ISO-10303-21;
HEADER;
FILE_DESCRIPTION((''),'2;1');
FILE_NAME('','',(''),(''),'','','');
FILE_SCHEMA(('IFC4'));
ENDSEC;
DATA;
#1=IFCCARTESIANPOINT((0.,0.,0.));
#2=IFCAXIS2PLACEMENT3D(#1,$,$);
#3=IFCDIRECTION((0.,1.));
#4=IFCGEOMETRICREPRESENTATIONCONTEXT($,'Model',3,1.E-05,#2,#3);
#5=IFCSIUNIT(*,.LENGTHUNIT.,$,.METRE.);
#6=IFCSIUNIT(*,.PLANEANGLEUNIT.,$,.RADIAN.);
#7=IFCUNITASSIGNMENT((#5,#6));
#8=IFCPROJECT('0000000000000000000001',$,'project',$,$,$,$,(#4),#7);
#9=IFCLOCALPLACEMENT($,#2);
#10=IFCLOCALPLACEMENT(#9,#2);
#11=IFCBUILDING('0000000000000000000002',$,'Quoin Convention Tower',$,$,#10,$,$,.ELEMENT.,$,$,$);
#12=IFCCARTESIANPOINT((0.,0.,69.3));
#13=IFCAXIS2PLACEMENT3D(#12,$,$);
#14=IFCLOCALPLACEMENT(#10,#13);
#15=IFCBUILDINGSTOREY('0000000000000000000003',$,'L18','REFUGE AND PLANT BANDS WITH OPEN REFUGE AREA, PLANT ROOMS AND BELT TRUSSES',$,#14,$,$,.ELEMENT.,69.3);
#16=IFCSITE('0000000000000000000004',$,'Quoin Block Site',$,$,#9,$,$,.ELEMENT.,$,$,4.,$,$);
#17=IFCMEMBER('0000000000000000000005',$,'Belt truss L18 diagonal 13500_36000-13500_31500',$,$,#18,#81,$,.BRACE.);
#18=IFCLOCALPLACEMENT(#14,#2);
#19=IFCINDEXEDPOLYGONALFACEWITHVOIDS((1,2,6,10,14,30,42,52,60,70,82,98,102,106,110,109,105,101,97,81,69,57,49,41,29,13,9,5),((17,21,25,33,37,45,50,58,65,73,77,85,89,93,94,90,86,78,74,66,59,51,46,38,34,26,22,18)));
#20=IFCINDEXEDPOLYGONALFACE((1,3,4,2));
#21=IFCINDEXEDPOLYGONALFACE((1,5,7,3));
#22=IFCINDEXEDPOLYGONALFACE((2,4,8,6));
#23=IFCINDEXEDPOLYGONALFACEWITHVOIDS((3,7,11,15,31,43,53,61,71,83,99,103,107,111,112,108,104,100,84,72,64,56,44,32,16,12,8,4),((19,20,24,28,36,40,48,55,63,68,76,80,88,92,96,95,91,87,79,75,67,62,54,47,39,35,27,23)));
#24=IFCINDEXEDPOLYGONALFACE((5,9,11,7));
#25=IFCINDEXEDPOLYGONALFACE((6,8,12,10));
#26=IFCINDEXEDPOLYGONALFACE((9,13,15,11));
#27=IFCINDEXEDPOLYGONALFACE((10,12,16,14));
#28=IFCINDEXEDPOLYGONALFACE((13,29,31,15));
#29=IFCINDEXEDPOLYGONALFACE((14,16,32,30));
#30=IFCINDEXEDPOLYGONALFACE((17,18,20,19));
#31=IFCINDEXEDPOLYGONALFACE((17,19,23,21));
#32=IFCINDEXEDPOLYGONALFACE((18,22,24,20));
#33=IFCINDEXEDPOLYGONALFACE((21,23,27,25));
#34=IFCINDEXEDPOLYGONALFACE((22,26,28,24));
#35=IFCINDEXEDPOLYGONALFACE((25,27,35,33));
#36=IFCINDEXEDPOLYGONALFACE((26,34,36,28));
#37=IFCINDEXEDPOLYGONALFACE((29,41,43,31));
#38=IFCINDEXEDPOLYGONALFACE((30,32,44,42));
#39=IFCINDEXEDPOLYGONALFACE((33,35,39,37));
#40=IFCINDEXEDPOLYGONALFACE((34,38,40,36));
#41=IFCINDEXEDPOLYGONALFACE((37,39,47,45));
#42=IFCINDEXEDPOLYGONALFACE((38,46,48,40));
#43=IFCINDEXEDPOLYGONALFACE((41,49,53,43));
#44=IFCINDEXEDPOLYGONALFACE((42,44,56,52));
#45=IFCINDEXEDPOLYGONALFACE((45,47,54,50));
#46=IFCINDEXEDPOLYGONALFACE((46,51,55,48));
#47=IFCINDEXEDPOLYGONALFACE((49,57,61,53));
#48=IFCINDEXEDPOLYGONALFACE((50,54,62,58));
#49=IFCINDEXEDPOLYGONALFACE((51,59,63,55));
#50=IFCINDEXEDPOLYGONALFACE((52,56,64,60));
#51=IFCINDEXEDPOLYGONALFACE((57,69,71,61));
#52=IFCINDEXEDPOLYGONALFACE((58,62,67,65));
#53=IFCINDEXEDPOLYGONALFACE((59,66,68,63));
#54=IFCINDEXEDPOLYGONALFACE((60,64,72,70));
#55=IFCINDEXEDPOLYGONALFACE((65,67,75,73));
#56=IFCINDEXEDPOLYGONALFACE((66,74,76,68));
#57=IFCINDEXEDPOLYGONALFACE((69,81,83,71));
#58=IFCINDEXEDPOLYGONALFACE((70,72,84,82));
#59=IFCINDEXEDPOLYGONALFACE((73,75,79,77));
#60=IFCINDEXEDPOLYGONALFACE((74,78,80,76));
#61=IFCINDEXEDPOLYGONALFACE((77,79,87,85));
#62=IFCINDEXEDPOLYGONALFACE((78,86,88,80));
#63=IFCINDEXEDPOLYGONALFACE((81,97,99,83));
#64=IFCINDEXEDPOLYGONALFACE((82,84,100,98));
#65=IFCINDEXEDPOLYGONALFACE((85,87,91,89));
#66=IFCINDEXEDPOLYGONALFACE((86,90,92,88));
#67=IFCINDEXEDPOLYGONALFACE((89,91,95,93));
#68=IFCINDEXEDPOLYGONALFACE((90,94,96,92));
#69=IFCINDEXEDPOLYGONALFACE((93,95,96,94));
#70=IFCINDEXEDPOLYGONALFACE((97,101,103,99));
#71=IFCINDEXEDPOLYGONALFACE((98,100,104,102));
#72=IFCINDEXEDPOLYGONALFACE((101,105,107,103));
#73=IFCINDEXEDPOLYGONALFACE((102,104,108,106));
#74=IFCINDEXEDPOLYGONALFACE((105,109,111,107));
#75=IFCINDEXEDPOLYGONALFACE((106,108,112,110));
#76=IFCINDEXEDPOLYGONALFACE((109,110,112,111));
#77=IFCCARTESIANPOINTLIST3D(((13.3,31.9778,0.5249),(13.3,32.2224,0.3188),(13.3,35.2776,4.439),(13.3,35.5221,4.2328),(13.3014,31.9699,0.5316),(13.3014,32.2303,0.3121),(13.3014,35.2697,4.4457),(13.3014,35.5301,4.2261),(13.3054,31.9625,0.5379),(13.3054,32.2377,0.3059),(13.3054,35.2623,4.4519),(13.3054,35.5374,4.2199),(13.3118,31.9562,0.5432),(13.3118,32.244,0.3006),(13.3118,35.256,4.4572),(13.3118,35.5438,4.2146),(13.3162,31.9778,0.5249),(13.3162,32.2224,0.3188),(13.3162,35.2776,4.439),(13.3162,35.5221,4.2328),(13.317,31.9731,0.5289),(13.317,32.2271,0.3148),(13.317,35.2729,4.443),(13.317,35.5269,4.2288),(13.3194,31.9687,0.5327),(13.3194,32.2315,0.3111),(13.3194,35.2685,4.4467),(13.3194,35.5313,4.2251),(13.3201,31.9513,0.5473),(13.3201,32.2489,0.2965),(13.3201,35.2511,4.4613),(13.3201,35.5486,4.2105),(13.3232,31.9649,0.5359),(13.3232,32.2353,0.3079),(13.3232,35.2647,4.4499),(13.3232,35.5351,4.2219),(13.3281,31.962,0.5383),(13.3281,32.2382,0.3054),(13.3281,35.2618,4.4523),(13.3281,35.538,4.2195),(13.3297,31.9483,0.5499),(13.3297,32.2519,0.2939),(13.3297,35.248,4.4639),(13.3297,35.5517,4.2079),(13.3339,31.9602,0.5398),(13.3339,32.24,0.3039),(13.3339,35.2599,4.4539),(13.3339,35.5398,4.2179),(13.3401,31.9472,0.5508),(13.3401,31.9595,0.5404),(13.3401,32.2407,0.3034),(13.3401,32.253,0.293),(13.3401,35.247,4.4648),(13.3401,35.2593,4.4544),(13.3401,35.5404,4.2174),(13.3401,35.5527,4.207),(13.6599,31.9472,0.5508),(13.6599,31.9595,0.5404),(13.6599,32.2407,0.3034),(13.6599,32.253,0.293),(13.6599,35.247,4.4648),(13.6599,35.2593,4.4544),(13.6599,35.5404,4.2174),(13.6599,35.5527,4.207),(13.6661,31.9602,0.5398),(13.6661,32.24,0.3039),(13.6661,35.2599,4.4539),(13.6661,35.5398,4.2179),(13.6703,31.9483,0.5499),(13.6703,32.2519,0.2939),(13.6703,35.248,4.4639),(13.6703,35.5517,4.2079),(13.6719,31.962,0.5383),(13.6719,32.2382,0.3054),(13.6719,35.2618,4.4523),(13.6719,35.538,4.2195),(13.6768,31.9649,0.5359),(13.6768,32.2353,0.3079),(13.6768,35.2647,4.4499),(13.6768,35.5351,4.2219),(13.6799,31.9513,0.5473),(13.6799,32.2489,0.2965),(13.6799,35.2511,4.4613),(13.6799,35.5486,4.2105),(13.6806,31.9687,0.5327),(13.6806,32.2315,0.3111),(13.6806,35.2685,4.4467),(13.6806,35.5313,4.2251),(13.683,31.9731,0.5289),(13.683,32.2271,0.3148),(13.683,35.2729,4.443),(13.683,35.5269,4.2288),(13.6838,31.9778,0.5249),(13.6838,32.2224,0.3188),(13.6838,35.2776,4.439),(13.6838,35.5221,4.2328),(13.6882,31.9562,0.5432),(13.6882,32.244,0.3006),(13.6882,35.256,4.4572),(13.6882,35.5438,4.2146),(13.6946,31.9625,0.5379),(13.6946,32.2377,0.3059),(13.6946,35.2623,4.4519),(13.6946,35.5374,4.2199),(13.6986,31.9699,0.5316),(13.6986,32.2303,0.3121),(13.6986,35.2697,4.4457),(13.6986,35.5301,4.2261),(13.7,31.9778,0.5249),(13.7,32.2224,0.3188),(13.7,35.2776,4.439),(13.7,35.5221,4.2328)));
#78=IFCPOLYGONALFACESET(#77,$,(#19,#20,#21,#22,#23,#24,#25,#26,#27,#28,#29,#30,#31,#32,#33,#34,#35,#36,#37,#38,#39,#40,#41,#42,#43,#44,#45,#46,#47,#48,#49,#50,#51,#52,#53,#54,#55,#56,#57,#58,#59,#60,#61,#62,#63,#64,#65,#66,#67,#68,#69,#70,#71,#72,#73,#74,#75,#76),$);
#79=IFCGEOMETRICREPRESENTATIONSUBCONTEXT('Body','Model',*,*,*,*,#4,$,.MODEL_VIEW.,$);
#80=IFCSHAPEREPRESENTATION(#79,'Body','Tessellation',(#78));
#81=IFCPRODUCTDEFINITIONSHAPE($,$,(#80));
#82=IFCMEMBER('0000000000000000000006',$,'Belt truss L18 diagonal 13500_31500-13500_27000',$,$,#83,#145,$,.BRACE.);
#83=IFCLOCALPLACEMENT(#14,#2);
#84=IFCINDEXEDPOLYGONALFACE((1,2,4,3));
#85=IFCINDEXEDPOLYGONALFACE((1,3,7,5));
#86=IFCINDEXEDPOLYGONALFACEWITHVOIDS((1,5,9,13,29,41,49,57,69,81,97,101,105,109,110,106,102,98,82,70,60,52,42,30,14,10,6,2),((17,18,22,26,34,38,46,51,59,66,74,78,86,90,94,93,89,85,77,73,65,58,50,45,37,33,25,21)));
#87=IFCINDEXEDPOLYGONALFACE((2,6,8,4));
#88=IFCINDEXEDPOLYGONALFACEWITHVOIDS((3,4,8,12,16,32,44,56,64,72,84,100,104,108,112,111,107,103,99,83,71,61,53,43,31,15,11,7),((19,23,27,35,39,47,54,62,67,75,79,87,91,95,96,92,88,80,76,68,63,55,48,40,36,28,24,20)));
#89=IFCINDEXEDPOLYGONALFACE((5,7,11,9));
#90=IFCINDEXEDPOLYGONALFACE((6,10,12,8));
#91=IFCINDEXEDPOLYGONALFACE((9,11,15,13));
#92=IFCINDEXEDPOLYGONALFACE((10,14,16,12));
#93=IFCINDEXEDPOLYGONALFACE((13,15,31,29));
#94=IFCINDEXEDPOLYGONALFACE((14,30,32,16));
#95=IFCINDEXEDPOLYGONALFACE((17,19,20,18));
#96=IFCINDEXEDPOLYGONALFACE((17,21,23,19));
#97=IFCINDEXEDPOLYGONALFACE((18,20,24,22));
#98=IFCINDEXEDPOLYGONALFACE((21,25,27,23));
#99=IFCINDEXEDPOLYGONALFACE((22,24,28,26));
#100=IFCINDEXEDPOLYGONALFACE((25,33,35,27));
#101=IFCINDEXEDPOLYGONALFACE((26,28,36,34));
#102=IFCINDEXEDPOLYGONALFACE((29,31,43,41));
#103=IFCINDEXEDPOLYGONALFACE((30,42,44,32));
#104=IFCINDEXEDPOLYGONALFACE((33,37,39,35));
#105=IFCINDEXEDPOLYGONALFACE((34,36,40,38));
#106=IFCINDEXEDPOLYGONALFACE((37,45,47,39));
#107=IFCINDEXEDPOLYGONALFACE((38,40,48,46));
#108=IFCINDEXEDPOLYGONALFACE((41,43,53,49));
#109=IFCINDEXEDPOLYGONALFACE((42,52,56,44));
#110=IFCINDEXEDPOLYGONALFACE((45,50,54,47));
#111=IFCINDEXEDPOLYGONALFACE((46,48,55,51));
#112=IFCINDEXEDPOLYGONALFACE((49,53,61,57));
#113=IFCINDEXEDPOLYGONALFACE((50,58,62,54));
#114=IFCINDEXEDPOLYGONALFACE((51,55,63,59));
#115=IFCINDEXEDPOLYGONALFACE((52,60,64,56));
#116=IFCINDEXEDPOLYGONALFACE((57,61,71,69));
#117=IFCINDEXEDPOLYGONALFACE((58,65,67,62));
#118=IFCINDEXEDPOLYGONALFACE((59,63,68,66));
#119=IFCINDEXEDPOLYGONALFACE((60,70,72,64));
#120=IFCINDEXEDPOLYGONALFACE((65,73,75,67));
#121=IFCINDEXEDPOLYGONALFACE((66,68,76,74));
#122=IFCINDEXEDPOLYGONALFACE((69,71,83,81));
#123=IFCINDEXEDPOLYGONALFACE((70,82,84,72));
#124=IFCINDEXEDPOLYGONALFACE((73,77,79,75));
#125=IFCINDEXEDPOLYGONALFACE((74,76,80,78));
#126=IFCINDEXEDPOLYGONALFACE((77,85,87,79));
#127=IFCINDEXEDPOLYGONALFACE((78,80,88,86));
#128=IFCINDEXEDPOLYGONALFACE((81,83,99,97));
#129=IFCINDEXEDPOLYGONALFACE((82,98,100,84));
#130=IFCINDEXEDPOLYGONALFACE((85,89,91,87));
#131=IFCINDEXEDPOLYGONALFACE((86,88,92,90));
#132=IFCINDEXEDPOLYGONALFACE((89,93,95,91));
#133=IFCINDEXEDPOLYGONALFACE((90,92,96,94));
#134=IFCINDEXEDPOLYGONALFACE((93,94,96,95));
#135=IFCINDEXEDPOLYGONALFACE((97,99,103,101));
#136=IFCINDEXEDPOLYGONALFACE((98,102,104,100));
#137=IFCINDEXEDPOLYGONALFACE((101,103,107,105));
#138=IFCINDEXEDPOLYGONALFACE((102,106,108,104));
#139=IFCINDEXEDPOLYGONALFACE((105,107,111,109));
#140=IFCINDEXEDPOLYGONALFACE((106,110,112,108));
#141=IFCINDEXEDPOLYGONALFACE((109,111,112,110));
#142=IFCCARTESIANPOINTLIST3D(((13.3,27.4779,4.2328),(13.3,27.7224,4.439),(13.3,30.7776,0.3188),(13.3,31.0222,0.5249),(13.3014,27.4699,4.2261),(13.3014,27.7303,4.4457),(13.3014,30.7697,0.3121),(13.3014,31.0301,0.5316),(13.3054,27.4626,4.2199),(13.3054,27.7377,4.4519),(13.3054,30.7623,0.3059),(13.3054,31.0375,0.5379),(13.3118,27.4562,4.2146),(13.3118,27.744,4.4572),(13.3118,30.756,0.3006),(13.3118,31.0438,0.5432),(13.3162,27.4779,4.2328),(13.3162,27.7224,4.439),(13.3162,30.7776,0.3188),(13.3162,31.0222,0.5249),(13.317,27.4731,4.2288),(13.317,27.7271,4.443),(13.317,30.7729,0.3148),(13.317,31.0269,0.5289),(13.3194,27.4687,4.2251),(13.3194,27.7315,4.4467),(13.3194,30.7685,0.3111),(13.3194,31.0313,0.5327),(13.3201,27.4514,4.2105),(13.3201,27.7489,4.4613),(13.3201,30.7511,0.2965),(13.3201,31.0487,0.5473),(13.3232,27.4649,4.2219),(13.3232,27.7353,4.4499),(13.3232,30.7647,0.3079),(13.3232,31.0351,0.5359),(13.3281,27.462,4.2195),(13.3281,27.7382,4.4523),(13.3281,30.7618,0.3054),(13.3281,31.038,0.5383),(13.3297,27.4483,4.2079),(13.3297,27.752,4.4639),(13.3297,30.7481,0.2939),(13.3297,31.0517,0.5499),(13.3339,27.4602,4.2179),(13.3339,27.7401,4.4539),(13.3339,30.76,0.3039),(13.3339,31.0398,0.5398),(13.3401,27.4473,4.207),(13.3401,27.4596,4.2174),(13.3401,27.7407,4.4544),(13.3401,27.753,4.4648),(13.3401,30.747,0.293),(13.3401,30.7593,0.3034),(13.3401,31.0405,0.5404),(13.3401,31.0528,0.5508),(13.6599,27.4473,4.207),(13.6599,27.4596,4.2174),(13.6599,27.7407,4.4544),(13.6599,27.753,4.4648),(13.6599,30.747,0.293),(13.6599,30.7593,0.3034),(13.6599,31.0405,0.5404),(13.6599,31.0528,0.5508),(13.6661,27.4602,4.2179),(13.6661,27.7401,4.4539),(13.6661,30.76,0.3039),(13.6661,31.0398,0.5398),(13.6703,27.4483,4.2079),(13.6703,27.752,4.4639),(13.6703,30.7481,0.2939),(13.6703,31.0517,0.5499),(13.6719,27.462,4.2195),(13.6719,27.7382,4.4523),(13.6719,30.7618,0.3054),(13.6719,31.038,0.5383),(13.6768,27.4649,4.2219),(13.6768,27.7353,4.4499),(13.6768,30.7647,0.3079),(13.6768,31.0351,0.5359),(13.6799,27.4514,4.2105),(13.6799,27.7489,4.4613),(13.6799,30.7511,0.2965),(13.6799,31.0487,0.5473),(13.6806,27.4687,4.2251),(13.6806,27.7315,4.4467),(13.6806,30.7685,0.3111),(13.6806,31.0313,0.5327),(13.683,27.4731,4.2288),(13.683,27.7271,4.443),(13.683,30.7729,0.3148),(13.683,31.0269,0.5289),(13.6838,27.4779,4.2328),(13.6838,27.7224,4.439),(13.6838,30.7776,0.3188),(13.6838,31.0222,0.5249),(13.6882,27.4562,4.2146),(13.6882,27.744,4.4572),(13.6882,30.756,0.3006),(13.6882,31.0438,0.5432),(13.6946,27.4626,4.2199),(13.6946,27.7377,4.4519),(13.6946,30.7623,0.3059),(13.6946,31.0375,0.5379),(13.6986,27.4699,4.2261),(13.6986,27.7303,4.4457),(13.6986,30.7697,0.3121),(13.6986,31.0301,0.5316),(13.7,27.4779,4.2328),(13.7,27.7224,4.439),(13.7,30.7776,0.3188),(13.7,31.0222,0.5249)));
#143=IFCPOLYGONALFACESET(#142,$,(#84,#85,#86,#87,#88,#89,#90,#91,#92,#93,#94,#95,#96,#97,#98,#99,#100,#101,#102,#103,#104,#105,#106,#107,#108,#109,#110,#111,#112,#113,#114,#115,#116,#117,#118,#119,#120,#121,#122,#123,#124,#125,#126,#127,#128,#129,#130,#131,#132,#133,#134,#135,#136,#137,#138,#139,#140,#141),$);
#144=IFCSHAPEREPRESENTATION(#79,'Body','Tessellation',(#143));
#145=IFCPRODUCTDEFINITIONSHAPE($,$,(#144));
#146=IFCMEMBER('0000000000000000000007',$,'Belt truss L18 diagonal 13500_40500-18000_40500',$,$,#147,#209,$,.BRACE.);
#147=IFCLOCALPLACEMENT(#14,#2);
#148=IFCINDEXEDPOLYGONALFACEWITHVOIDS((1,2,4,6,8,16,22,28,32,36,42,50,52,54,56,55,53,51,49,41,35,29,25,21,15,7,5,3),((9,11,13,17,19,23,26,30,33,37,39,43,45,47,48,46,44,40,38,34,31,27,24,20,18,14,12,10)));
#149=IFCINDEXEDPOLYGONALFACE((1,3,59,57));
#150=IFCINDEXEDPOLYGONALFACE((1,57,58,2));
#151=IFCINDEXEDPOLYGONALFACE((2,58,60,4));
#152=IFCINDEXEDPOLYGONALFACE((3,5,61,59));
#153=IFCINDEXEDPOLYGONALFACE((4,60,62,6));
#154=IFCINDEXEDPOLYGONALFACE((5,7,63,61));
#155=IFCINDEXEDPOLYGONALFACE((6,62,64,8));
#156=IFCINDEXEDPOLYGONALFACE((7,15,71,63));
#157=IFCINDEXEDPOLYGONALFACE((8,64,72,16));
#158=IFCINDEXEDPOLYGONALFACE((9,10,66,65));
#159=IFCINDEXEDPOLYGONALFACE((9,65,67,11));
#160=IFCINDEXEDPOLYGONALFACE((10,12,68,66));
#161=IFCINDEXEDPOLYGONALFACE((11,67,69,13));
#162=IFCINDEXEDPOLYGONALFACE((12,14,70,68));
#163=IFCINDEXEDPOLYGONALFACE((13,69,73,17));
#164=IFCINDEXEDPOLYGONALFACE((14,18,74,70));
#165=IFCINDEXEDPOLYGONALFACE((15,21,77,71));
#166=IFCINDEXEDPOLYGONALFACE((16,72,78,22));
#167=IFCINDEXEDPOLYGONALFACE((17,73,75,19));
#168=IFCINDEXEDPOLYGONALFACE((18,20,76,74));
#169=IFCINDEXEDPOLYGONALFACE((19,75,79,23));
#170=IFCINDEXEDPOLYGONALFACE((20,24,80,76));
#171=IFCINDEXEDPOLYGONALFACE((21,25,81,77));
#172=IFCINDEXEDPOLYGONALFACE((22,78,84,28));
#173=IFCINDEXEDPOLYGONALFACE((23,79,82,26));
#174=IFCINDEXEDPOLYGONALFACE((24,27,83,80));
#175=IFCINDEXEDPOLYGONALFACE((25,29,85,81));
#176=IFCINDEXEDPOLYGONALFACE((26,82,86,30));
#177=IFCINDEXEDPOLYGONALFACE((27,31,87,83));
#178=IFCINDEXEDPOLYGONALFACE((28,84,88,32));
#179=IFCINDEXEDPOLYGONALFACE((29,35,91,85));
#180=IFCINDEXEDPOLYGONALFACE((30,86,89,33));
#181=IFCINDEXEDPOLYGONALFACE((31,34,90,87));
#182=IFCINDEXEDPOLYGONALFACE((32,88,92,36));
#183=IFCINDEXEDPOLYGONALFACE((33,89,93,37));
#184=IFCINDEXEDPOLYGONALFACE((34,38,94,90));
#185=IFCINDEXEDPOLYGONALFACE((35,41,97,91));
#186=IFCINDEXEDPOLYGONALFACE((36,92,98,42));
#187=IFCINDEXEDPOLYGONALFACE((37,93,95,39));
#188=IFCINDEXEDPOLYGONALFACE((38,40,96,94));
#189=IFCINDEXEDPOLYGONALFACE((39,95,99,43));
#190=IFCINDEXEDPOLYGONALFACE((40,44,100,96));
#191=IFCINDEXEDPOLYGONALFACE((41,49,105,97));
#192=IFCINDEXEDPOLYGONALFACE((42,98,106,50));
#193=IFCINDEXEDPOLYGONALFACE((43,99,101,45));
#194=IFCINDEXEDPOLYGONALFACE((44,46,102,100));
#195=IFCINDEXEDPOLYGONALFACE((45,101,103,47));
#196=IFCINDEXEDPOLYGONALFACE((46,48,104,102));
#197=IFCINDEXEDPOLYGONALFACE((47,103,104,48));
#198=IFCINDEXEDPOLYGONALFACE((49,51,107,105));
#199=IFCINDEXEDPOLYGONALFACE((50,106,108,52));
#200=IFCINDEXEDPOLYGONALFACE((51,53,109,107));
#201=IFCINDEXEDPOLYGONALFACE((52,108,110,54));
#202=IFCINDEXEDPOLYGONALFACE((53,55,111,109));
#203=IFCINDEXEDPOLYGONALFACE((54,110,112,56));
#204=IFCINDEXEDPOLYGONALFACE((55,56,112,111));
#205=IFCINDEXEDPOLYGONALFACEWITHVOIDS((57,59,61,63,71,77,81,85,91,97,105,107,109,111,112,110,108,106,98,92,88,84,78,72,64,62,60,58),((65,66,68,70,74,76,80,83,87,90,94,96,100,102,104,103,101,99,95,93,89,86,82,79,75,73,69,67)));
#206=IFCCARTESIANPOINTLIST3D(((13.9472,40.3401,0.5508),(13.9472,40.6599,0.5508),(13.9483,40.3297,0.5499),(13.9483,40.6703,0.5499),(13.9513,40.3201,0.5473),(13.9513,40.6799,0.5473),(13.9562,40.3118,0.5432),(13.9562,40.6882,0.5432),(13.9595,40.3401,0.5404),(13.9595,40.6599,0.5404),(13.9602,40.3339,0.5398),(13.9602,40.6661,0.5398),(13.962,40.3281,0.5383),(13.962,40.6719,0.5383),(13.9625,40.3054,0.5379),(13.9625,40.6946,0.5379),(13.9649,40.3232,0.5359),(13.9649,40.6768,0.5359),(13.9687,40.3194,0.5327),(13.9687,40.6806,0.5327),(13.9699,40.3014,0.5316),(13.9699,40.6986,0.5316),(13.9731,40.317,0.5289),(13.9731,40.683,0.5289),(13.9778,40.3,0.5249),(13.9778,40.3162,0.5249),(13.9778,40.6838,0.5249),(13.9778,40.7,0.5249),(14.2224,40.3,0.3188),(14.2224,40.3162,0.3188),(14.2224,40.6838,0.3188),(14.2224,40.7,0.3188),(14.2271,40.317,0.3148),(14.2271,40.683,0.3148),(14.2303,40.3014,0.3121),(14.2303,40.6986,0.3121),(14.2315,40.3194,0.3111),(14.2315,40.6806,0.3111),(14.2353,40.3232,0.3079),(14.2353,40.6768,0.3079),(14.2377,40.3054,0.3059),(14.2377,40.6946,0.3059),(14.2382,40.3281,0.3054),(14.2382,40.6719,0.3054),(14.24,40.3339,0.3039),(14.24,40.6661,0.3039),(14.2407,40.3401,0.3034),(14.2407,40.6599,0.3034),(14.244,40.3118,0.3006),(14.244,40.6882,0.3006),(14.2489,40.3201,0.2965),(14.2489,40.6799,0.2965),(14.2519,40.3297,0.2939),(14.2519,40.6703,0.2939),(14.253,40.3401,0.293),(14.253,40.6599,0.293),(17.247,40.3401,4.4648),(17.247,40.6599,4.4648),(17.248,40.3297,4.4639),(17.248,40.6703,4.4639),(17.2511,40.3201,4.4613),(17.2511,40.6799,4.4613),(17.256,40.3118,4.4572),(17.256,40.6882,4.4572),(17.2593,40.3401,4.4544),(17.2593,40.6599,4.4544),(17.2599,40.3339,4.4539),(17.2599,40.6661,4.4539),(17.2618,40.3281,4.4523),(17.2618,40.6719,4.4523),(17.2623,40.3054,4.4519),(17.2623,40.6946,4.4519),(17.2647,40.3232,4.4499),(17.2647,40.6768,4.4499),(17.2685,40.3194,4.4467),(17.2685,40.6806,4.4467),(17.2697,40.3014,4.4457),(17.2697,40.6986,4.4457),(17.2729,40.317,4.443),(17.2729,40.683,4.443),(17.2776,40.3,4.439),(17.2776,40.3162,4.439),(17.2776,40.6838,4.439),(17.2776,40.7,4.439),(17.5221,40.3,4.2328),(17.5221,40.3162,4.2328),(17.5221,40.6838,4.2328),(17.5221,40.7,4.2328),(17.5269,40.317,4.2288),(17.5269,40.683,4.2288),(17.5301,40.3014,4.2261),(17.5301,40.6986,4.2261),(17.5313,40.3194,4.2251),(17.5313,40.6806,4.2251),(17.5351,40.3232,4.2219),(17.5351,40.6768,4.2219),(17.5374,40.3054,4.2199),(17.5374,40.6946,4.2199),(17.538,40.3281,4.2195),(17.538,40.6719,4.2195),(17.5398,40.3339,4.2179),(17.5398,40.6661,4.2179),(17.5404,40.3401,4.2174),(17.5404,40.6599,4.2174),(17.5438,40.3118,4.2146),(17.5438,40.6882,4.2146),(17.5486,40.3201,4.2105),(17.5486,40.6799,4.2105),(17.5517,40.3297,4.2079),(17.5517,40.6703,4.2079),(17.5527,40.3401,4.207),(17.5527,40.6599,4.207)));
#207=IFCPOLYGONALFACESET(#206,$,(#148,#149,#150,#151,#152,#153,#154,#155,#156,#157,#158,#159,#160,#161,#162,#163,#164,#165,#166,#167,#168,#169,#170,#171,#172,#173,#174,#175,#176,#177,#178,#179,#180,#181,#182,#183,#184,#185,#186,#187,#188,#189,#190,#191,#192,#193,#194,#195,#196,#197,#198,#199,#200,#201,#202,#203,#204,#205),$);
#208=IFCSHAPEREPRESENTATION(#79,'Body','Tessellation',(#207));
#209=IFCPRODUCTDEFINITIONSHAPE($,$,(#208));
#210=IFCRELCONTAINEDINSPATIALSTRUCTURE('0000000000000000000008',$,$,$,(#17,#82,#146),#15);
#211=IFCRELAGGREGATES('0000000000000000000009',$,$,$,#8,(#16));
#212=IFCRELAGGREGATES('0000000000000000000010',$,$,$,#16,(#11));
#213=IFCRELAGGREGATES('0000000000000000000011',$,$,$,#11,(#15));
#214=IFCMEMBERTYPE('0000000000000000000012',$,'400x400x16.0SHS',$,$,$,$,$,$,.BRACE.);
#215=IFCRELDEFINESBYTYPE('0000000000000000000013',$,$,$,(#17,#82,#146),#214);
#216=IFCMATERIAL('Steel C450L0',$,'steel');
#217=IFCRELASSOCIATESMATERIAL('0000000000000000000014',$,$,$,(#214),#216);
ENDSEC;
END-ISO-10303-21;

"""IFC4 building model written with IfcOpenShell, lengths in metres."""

from ifc_helpers import new_model, si_unit, direction, frame, origin, origin_2d, place, context, subcontext, project, spatial, hollow_rectangle, extrude, material, material_profile, profile_set, type_object, element, save


model = new_model("IFC4")

# Units and contexts
model_context = context("Model", 3, precision=1e-05, world=origin(), true_north=direction((0.0, 1.0)))
body_context = subcontext(model_context, "Body", "Model", "MODEL_VIEW")
ifc_project = project(units=[si_unit("LENGTHUNIT", "METRE"), si_unit("PLANEANGLEUNIT", "RADIAN")], contexts=[model_context])

# Site, building, storey
site_placement = place(None, origin())
site = spatial("IfcSite", under=ifc_project, at=site_placement, Name="Quoin Block Site", CompositionType="ELEMENT", RefElevation=4.0)
building_placement = place(site_placement, origin())
building = spatial("IfcBuilding", under=site, at=building_placement, Name="Quoin Convention Tower", CompositionType="ELEMENT")
storey_placement = place(building_placement, frame((0.0, 0.0, 69.3)))
storey = spatial("IfcBuildingStorey", under=building, at=storey_placement, Name="L18", Description="REFUGE AND PLANT BANDS WITH OPEN REFUGE AREA, PLANT ROOMS AND BELT TRUSSES", CompositionType="ELEMENT", Elevation=69.3)

# Members
ifc_material_1 = material(Name="Steel C450L0", Category="steel")
ifc_material_profile_1 = material_profile(ifc_material_1, hollow_rectangle(XDim=0.3999, YDim=0.3999, WallThickness=0.0161, InnerFilletRadius=0.0239, OuterFilletRadius=0.04, at=origin_2d()), Name="400x400x16.0SHS")
ifc_profile_set_1 = profile_set([ifc_material_profile_1], Name="Steel C450L0")
member_type_1 = type_object("IfcMemberType", Name="400x400x16.0SHS", PredefinedType="BRACE", material=ifc_profile_set_1)
for number, where, z_axis, x_axis, name in (
    (1, (13.5, 32.1001, 0.4219), (0.0, 0.644564, 0.76455), (-1.0, 0.0, 0.0), "Belt truss L18 diagonal 13500_36000-13500_31500"),
    (2, (13.5, 30.8999, 0.4219), (0.0, -0.644564, 0.76455), (1.0, 0.0, 0.0), "Belt truss L18 diagonal 13500_31500-13500_27000"),
    (3, (14.1001, 40.5, 0.4219), (0.644564, 0.0, 0.76455), (0.0, 1.0, 0.0), "Belt truss L18 diagonal 13500_40500-18000_40500"),
):
    element("IfcMember", number, at=place(storey_placement, frame(where, z_axis=z_axis, x_axis=x_axis)), inside=storey, type_object=member_type_1, Name=name, PredefinedType="BRACE", context=body_context, shape_type="SweptSolid", body=[
        extrude(hollow_rectangle(XDim=0.3999, YDim=0.3999, WallThickness=0.0161, InnerFilletRadius=0.0239, OuterFilletRadius=0.04, at=origin_2d()), origin(), (0.0, 0.0, 1.0), 5.1194),
    ])

save(model, "model.ifc")
